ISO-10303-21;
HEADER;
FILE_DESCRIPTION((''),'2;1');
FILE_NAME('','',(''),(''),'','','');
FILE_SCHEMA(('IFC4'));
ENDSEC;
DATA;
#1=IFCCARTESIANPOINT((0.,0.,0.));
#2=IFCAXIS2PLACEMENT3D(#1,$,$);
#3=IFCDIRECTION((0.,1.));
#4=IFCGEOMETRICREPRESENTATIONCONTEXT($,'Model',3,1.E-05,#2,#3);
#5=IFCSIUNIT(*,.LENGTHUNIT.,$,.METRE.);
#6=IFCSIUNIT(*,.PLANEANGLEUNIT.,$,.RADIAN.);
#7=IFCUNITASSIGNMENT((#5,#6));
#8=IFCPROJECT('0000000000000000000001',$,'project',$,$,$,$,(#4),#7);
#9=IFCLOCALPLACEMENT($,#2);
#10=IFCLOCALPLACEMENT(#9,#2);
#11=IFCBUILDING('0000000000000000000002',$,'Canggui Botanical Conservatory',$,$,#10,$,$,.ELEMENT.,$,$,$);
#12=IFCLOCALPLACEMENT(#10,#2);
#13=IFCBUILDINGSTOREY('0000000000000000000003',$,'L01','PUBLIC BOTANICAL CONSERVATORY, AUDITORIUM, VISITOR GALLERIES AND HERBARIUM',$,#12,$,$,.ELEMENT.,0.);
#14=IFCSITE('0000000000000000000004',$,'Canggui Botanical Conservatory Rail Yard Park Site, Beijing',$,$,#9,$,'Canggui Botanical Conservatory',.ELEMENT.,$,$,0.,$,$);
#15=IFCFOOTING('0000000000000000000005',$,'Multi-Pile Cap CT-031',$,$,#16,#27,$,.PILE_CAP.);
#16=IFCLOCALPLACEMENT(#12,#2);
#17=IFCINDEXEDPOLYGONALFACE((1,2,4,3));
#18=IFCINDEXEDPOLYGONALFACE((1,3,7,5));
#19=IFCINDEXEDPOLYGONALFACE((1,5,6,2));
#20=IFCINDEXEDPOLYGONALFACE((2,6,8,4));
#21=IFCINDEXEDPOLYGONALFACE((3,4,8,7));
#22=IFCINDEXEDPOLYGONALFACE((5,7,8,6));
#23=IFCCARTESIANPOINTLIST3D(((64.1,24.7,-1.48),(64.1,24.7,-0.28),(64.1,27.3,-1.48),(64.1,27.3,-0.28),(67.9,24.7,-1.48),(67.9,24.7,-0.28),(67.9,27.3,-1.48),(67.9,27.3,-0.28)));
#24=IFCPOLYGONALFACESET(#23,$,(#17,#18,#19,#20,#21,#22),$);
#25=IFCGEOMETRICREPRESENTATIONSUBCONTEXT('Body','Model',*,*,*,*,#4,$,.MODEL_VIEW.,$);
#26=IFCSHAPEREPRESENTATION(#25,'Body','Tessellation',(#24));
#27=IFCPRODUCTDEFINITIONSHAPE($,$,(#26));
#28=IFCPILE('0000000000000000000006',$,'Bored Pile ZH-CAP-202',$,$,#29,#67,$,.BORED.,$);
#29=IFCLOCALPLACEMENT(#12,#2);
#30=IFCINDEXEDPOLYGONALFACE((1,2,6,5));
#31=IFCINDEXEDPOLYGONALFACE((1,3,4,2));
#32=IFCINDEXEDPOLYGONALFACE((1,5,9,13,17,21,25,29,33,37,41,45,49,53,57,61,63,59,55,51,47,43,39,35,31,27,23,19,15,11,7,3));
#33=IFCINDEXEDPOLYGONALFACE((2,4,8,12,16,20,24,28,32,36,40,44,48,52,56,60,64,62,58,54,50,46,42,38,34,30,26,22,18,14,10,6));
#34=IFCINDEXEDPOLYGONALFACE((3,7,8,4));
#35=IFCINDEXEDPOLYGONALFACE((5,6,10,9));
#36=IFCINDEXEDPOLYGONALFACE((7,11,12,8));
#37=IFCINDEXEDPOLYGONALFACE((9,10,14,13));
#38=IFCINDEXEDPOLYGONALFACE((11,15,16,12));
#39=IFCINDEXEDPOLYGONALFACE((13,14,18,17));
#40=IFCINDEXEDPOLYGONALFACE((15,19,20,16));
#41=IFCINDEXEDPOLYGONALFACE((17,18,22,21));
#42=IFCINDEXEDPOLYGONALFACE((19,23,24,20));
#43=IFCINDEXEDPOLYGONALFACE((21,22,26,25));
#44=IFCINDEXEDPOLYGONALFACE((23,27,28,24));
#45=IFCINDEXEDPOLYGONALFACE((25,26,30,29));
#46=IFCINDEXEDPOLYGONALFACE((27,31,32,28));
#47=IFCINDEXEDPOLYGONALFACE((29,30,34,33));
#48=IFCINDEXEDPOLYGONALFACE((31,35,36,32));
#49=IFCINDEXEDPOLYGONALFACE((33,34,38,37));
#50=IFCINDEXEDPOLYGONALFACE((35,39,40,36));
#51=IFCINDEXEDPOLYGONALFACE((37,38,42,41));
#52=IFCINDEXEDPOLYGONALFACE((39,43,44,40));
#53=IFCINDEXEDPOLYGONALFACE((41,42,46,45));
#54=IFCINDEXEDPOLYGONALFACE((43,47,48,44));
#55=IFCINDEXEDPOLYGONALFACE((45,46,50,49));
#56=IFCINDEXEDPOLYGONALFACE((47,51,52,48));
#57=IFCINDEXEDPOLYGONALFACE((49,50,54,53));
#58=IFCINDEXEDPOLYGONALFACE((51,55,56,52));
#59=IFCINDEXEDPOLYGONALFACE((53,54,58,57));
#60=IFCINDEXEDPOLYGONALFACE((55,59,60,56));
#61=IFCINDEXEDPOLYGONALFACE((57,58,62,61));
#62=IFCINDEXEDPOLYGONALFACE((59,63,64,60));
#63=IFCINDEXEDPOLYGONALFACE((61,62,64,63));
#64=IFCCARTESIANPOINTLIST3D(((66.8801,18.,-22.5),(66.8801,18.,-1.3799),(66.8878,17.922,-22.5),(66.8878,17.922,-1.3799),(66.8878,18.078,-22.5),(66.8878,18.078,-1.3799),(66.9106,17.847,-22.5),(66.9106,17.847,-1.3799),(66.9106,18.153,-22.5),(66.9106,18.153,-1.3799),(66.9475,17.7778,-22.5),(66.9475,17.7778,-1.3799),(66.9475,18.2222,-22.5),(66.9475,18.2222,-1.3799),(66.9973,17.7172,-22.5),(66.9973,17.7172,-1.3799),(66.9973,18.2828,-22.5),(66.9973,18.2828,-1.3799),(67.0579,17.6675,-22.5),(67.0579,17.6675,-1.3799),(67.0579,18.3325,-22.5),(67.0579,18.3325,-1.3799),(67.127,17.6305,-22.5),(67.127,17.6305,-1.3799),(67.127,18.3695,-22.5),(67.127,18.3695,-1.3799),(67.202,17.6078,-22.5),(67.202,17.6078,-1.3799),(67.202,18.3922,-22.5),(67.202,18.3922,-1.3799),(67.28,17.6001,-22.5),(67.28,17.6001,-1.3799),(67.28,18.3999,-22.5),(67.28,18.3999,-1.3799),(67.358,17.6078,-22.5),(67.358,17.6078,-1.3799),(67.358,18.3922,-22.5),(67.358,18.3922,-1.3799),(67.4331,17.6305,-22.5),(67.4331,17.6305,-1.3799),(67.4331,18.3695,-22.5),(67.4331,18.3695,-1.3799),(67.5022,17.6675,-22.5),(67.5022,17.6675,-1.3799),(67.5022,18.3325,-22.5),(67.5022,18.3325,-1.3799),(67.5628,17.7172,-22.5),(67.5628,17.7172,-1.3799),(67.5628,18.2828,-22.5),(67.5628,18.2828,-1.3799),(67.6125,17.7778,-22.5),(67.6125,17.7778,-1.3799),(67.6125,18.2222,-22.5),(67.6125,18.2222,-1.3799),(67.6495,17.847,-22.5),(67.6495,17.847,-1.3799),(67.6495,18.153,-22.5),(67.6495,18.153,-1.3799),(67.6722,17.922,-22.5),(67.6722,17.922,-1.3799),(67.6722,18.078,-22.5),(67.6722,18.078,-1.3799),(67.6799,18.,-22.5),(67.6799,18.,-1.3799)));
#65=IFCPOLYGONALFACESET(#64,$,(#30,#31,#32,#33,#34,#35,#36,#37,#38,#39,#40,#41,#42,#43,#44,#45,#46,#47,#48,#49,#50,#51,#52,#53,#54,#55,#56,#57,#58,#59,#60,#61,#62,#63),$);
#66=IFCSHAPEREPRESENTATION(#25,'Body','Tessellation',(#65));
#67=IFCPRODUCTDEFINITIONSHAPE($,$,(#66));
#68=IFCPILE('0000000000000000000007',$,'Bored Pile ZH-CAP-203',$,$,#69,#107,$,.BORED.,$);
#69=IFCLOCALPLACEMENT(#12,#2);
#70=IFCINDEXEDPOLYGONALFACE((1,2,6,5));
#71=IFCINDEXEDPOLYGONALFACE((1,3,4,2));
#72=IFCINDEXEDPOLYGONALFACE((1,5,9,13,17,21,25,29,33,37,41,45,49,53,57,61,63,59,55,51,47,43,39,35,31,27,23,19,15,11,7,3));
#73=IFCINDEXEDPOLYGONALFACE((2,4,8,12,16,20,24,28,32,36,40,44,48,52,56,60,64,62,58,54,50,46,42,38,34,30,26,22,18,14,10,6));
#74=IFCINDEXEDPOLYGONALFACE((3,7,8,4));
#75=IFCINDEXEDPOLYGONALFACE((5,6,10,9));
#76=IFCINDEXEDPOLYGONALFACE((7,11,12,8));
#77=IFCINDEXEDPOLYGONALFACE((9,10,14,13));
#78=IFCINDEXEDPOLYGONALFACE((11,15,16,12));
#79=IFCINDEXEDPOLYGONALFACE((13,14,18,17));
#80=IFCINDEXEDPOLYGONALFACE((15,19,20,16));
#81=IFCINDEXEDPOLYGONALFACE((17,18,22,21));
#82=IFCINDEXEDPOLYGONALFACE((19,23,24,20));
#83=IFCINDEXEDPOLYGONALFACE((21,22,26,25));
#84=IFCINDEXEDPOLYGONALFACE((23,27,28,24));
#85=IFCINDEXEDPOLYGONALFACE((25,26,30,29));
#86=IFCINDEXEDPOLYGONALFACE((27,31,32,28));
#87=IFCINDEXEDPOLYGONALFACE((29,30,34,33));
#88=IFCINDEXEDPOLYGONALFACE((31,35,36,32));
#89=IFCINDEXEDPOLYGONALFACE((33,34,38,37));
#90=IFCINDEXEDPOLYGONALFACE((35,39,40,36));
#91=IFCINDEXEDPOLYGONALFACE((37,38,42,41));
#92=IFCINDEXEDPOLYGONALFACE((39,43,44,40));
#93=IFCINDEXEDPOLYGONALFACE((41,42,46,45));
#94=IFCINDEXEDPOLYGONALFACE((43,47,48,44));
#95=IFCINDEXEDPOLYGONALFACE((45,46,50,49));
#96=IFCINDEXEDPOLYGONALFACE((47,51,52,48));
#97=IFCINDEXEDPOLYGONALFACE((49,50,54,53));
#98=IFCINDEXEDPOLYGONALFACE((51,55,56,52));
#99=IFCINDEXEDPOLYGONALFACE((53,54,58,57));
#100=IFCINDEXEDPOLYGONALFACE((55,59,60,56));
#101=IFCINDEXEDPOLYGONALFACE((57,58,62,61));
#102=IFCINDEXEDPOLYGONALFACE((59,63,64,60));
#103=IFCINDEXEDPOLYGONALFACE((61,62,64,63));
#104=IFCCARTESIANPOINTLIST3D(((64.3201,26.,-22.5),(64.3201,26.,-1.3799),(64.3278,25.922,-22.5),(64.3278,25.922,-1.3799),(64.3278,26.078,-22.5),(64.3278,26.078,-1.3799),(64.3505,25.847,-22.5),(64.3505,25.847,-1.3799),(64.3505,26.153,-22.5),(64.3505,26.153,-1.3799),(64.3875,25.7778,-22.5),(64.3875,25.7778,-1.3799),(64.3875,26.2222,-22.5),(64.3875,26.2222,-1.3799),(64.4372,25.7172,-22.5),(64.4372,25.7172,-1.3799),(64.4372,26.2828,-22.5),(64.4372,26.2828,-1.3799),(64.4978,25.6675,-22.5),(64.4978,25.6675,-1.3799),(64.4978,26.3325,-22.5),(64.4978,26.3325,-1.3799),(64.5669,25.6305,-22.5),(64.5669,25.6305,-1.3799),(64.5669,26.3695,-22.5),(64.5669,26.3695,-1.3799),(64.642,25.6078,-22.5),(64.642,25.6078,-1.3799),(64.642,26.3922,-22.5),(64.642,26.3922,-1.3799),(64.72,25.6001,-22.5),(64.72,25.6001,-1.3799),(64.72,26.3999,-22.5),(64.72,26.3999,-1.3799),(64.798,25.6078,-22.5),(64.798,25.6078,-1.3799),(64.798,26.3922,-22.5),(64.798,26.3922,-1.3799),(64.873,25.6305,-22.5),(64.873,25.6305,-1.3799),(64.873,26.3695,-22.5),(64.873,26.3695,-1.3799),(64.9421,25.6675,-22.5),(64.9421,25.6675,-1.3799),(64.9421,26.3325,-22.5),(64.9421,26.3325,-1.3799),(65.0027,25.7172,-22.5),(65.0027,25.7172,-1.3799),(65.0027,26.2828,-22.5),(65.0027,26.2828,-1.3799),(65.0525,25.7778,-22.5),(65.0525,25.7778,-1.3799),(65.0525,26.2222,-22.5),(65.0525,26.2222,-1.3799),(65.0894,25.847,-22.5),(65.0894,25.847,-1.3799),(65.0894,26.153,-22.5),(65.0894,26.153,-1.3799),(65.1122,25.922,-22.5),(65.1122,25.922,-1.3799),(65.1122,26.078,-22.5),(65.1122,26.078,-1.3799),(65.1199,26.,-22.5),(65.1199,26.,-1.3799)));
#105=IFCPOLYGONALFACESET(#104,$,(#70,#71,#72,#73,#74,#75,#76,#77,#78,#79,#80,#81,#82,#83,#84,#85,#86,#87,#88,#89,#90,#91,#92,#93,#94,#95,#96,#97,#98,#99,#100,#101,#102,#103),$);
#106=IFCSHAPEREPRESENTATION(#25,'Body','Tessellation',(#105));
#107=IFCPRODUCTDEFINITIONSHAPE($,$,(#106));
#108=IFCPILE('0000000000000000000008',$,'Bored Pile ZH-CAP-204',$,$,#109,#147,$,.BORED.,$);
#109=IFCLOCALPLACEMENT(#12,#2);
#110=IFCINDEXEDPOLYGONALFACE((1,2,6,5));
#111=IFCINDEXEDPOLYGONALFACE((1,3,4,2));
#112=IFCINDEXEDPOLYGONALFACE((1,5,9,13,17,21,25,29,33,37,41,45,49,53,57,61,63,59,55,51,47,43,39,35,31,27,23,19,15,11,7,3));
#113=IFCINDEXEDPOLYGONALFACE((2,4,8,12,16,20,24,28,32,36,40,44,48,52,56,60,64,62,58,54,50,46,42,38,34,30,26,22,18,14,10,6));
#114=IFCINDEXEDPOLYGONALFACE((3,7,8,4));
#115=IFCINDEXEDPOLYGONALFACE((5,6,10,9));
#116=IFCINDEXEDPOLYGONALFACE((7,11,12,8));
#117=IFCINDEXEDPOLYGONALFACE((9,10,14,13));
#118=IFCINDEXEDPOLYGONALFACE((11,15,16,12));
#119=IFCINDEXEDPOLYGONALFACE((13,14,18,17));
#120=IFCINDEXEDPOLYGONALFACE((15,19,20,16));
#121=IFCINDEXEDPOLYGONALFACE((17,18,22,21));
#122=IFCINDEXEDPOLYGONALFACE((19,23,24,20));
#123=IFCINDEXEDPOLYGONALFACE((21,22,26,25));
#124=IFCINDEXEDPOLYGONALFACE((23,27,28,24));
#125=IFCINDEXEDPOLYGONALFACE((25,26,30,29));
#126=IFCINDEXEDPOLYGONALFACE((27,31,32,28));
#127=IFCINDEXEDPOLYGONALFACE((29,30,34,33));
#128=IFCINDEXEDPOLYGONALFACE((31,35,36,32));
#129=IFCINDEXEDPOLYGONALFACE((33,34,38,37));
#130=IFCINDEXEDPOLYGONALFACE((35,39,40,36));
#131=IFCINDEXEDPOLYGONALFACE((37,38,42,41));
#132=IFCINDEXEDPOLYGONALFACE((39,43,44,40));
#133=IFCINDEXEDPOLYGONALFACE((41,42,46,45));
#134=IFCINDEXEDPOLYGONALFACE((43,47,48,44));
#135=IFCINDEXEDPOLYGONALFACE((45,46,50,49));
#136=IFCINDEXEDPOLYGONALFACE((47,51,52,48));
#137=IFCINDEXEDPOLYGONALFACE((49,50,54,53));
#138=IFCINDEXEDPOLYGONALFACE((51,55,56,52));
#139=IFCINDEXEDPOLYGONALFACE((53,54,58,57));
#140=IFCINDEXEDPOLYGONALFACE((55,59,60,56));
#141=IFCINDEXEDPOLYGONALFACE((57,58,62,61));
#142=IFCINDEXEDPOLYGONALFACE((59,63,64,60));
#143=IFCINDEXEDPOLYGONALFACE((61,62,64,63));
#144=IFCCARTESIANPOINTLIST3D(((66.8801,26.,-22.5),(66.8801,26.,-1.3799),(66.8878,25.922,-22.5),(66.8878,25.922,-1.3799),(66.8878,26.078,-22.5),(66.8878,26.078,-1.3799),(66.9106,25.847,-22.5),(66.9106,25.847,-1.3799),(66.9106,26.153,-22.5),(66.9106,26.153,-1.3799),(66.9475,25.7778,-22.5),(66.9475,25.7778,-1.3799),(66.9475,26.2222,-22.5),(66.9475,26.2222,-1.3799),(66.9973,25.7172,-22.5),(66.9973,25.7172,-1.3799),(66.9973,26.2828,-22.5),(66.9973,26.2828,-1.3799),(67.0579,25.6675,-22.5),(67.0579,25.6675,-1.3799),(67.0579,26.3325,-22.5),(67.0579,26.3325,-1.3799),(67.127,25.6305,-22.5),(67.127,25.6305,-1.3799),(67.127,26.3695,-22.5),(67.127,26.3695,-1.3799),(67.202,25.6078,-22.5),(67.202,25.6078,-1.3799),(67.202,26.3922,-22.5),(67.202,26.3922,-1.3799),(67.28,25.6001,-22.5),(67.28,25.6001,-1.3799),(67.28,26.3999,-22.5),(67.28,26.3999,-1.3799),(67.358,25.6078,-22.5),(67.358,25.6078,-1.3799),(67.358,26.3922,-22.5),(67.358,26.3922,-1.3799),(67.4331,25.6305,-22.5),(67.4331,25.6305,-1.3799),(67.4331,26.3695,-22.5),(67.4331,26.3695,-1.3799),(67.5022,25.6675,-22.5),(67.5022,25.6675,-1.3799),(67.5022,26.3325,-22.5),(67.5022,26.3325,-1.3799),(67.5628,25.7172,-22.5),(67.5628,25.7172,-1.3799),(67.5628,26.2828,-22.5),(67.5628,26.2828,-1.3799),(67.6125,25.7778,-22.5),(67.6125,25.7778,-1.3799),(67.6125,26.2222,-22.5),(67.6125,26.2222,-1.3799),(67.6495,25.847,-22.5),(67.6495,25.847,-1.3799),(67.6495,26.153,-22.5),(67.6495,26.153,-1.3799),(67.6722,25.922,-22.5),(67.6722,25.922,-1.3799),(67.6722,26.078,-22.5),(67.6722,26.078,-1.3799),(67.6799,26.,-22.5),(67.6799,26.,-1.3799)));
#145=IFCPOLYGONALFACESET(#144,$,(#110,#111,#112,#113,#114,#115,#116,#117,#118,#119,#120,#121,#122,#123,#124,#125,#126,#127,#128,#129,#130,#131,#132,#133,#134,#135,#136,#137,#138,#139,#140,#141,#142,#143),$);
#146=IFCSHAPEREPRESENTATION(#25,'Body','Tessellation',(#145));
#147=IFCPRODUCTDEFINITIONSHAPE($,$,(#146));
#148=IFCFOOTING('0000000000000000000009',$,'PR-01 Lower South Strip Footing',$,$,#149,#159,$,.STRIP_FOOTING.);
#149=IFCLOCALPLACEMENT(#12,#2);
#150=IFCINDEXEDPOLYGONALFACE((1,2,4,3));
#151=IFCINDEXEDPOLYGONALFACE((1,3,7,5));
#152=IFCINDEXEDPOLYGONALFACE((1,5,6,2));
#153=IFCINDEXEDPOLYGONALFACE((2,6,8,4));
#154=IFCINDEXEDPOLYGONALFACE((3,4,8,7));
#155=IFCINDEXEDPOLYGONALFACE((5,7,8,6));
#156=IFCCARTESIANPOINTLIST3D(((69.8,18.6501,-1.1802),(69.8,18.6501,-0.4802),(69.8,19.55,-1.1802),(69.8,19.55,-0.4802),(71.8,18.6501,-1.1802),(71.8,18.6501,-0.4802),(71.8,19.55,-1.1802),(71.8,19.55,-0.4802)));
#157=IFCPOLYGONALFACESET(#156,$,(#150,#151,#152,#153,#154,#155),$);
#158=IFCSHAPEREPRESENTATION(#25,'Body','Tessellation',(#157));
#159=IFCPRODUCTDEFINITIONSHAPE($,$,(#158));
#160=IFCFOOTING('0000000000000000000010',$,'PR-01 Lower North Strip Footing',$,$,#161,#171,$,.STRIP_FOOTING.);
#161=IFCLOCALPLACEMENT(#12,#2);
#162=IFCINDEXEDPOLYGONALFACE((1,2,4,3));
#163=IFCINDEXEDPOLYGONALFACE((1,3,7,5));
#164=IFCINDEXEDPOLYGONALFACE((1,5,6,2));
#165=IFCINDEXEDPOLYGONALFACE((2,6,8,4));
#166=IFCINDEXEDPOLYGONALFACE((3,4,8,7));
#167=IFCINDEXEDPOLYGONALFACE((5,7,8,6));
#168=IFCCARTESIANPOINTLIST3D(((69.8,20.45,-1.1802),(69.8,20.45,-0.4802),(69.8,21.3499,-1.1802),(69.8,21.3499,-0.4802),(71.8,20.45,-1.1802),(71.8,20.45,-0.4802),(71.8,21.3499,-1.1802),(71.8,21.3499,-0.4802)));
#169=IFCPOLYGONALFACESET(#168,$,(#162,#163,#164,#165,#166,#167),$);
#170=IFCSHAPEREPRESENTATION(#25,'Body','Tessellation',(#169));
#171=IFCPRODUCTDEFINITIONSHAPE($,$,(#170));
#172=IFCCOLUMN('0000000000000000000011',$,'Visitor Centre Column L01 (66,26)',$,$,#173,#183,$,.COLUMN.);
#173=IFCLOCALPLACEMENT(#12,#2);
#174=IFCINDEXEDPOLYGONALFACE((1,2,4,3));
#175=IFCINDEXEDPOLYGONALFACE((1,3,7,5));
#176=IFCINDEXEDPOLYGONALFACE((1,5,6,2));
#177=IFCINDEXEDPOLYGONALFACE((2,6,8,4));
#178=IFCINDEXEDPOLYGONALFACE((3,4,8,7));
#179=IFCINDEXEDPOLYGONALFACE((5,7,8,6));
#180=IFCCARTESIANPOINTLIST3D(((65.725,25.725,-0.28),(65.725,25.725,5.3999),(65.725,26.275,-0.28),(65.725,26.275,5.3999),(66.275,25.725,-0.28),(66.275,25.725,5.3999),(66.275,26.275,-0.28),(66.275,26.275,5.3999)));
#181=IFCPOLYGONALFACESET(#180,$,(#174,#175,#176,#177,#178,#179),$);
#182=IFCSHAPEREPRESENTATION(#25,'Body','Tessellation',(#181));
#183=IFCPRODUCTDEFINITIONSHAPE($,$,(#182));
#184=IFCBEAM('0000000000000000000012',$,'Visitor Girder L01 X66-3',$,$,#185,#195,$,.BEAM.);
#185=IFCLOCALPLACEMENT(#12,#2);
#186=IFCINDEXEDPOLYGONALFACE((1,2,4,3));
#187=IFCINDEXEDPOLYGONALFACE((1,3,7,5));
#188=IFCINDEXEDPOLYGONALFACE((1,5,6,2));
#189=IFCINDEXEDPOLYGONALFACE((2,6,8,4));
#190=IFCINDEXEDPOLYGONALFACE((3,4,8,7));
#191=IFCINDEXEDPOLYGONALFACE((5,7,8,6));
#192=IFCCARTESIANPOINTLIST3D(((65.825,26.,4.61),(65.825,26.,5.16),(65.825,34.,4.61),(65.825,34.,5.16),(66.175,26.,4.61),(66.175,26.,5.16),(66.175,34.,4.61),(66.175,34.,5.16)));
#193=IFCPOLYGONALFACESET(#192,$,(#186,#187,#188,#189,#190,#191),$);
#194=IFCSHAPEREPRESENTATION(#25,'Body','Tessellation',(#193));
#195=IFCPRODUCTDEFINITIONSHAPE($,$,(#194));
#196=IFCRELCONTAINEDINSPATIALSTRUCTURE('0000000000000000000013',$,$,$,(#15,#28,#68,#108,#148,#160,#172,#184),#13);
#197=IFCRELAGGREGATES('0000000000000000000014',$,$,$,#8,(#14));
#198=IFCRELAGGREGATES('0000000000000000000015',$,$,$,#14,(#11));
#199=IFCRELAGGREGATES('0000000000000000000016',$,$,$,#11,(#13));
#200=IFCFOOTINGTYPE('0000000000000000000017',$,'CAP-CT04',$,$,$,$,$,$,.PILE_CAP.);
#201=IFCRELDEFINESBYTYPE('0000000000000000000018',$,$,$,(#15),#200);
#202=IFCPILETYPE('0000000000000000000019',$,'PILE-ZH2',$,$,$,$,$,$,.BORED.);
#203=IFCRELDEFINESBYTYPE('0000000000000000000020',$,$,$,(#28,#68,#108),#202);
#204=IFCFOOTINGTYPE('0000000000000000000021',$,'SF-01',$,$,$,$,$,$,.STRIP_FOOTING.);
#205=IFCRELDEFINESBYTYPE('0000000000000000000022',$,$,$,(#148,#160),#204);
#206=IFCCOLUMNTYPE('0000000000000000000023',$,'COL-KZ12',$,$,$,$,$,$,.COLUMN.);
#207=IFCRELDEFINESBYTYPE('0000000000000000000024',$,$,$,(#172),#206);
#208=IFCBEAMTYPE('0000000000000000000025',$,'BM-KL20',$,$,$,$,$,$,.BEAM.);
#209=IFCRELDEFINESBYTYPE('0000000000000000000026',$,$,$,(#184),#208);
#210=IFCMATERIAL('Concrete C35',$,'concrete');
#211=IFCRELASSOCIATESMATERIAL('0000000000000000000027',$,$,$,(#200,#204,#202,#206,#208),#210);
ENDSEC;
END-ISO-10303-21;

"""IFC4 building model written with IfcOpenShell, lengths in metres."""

from ifc_helpers import new_model, si_unit, direction, frame, origin, origin_2d, place, context, subcontext, project, spatial, rectangle, circle, extrude, material, material_profile, profile_set, type_object, element, save


model = new_model("IFC4")

# Units and contexts
model_context = context("Model", 3, precision=1e-05, world=origin(), true_north=direction((0.0, 1.0)))
body_context = subcontext(model_context, "Body", "Model", "MODEL_VIEW")
ifc_project = project(units=[si_unit("LENGTHUNIT", "METRE"), si_unit("PLANEANGLEUNIT", "RADIAN")], contexts=[model_context])

# Site, building, storey
site_placement = place(None, origin())
site = spatial("IfcSite", under=ifc_project, at=site_placement, Name="Canggui Botanical Conservatory Rail Yard Park Site, Beijing", LongName="Canggui Botanical Conservatory", CompositionType="ELEMENT", RefElevation=0.0)
building_placement = place(site_placement, origin())
building = spatial("IfcBuilding", under=site, at=building_placement, Name="Canggui Botanical Conservatory", CompositionType="ELEMENT")
storey_placement = place(building_placement, origin())
storey = spatial("IfcBuildingStorey", under=building, at=storey_placement, Name="L01", Description="PUBLIC BOTANICAL CONSERVATORY, AUDITORIUM, VISITOR GALLERIES AND HERBARIUM", CompositionType="ELEMENT", Elevation=0.0)

# Footing
ifc_material_1 = material(Name="Concrete C35", Category="concrete")
footing_type_1 = type_object("IfcFootingType", Name="CAP-CT04", PredefinedType="PILE_CAP", material=ifc_material_1)
footing_placement = place(storey_placement, frame((66.0, 26.0, -1.48), z_axis=(0.0, 0.0, 1.0), x_axis=(1.0, 0.0, 0.0)))
element("IfcFooting", 1, at=footing_placement, inside=storey, type_object=footing_type_1, Name="Multi-Pile Cap CT-031", PredefinedType="PILE_CAP", context=body_context, shape_type="SweptSolid", body=[
    extrude(rectangle(XDim=3.8, YDim=2.6001, at=origin_2d()), origin(), (0.0, 0.0, 1.0), 1.2),
])

# Piles
ifc_material_profile_1 = material_profile(ifc_material_1, circle(Radius=0.3999, at=origin_2d()), Name="PILE D800")
ifc_profile_set_1 = profile_set([ifc_material_profile_1], Name="Concrete C35")
pile_type = type_object("IfcPileType", Name="PILE-ZH2", PredefinedType="BORED", material=ifc_profile_set_1)
for number, where, z_axis, x_axis, name in (
    (2, (67.28, 18.0, -1.3799), (0.0, 0.0, -1.0), (1.0, 0.0, 0.0), "Bored Pile ZH-CAP-202"),
    (3, (64.72, 26.0, -1.3799), (0.0, 0.0, -1.0), (1.0, 0.0, 0.0), "Bored Pile ZH-CAP-203"),
    (4, (67.28, 26.0, -1.3799), (0.0, 0.0, -1.0), (1.0, 0.0, 0.0), "Bored Pile ZH-CAP-204"),
):
    element("IfcPile", number, at=place(storey_placement, frame(where, z_axis=z_axis, x_axis=x_axis)), inside=storey, type_object=pile_type, Name=name, PredefinedType="BORED", context=body_context, shape_type="SweptSolid", body=[
        extrude(circle(Radius=0.3999, at=origin_2d()), origin(), (0.0, 0.0, 1.0), 21.1201),
    ])

# Footings
footing_type_2 = type_object("IfcFootingType", Name="SF-01", PredefinedType="STRIP_FOOTING", material=ifc_material_1)
for number, where, z_axis, x_axis, name in (
    (5, (70.8, 19.1001, -1.1802), (0.0, 0.0, 1.0), (1.0, 0.0, 0.0), "PR-01 Lower South Strip Footing"),
    (6, (70.8, 20.8999, -1.1802), (0.0, 0.0, 1.0), (1.0, 0.0, 0.0), "PR-01 Lower North Strip Footing"),
):
    element("IfcFooting", number, at=place(storey_placement, frame(where, z_axis=z_axis, x_axis=x_axis)), inside=storey, type_object=footing_type_2, Name=name, PredefinedType="STRIP_FOOTING", context=body_context, shape_type="SweptSolid", body=[
        extrude(rectangle(XDim=2.0, YDim=0.8999, at=origin_2d()), origin(), (0.0, 0.0, 1.0), 0.7),
    ])

# Column
ifc_material_profile_2 = material_profile(ifc_material_1, rectangle(XDim=0.55, YDim=0.55, at=origin_2d()), Name="RC 550x550")
ifc_profile_set_2 = profile_set([ifc_material_profile_2], Name="Concrete C35")
column_type = type_object("IfcColumnType", Name="COL-KZ12", PredefinedType="COLUMN", material=ifc_profile_set_2)
column_placement = place(storey_placement, frame((66.0, 26.0, -0.28), z_axis=(0.0, 0.0, 1.0), x_axis=(1.0, 0.0, 0.0)))
element("IfcColumn", 7, at=column_placement, inside=storey, type_object=column_type, Name="Visitor Centre Column L01 (66,26)", PredefinedType="COLUMN", context=body_context, shape_type="SweptSolid", body=[
    extrude(rectangle(XDim=0.55, YDim=0.55, at=origin_2d()), origin(), (0.0, 0.0, 1.0), 5.6799),
])

# Beam
ifc_material_profile_3 = material_profile(ifc_material_1, rectangle(XDim=0.3501, YDim=0.55, at=origin_2d()), Name="RB 350x550")
ifc_profile_set_3 = profile_set([ifc_material_profile_3], Name="Concrete C35")
beam_type = type_object("IfcBeamType", Name="BM-KL20", PredefinedType="BEAM", material=ifc_profile_set_3)
beam_placement = place(storey_placement, frame((66.0, 26.0, 4.885), z_axis=(0.0, 1.0, 0.0), x_axis=(-1.0, 0.0, 0.0)))
element("IfcBeam", 8, at=beam_placement, inside=storey, type_object=beam_type, Name="Visitor Girder L01 X66-3", PredefinedType="BEAM", context=body_context, shape_type="SweptSolid", body=[
    extrude(rectangle(XDim=0.3501, YDim=0.55, at=origin_2d()), origin(), (0.0, 0.0, 1.0), 8.0),
])

save(model, "model.ifc")
